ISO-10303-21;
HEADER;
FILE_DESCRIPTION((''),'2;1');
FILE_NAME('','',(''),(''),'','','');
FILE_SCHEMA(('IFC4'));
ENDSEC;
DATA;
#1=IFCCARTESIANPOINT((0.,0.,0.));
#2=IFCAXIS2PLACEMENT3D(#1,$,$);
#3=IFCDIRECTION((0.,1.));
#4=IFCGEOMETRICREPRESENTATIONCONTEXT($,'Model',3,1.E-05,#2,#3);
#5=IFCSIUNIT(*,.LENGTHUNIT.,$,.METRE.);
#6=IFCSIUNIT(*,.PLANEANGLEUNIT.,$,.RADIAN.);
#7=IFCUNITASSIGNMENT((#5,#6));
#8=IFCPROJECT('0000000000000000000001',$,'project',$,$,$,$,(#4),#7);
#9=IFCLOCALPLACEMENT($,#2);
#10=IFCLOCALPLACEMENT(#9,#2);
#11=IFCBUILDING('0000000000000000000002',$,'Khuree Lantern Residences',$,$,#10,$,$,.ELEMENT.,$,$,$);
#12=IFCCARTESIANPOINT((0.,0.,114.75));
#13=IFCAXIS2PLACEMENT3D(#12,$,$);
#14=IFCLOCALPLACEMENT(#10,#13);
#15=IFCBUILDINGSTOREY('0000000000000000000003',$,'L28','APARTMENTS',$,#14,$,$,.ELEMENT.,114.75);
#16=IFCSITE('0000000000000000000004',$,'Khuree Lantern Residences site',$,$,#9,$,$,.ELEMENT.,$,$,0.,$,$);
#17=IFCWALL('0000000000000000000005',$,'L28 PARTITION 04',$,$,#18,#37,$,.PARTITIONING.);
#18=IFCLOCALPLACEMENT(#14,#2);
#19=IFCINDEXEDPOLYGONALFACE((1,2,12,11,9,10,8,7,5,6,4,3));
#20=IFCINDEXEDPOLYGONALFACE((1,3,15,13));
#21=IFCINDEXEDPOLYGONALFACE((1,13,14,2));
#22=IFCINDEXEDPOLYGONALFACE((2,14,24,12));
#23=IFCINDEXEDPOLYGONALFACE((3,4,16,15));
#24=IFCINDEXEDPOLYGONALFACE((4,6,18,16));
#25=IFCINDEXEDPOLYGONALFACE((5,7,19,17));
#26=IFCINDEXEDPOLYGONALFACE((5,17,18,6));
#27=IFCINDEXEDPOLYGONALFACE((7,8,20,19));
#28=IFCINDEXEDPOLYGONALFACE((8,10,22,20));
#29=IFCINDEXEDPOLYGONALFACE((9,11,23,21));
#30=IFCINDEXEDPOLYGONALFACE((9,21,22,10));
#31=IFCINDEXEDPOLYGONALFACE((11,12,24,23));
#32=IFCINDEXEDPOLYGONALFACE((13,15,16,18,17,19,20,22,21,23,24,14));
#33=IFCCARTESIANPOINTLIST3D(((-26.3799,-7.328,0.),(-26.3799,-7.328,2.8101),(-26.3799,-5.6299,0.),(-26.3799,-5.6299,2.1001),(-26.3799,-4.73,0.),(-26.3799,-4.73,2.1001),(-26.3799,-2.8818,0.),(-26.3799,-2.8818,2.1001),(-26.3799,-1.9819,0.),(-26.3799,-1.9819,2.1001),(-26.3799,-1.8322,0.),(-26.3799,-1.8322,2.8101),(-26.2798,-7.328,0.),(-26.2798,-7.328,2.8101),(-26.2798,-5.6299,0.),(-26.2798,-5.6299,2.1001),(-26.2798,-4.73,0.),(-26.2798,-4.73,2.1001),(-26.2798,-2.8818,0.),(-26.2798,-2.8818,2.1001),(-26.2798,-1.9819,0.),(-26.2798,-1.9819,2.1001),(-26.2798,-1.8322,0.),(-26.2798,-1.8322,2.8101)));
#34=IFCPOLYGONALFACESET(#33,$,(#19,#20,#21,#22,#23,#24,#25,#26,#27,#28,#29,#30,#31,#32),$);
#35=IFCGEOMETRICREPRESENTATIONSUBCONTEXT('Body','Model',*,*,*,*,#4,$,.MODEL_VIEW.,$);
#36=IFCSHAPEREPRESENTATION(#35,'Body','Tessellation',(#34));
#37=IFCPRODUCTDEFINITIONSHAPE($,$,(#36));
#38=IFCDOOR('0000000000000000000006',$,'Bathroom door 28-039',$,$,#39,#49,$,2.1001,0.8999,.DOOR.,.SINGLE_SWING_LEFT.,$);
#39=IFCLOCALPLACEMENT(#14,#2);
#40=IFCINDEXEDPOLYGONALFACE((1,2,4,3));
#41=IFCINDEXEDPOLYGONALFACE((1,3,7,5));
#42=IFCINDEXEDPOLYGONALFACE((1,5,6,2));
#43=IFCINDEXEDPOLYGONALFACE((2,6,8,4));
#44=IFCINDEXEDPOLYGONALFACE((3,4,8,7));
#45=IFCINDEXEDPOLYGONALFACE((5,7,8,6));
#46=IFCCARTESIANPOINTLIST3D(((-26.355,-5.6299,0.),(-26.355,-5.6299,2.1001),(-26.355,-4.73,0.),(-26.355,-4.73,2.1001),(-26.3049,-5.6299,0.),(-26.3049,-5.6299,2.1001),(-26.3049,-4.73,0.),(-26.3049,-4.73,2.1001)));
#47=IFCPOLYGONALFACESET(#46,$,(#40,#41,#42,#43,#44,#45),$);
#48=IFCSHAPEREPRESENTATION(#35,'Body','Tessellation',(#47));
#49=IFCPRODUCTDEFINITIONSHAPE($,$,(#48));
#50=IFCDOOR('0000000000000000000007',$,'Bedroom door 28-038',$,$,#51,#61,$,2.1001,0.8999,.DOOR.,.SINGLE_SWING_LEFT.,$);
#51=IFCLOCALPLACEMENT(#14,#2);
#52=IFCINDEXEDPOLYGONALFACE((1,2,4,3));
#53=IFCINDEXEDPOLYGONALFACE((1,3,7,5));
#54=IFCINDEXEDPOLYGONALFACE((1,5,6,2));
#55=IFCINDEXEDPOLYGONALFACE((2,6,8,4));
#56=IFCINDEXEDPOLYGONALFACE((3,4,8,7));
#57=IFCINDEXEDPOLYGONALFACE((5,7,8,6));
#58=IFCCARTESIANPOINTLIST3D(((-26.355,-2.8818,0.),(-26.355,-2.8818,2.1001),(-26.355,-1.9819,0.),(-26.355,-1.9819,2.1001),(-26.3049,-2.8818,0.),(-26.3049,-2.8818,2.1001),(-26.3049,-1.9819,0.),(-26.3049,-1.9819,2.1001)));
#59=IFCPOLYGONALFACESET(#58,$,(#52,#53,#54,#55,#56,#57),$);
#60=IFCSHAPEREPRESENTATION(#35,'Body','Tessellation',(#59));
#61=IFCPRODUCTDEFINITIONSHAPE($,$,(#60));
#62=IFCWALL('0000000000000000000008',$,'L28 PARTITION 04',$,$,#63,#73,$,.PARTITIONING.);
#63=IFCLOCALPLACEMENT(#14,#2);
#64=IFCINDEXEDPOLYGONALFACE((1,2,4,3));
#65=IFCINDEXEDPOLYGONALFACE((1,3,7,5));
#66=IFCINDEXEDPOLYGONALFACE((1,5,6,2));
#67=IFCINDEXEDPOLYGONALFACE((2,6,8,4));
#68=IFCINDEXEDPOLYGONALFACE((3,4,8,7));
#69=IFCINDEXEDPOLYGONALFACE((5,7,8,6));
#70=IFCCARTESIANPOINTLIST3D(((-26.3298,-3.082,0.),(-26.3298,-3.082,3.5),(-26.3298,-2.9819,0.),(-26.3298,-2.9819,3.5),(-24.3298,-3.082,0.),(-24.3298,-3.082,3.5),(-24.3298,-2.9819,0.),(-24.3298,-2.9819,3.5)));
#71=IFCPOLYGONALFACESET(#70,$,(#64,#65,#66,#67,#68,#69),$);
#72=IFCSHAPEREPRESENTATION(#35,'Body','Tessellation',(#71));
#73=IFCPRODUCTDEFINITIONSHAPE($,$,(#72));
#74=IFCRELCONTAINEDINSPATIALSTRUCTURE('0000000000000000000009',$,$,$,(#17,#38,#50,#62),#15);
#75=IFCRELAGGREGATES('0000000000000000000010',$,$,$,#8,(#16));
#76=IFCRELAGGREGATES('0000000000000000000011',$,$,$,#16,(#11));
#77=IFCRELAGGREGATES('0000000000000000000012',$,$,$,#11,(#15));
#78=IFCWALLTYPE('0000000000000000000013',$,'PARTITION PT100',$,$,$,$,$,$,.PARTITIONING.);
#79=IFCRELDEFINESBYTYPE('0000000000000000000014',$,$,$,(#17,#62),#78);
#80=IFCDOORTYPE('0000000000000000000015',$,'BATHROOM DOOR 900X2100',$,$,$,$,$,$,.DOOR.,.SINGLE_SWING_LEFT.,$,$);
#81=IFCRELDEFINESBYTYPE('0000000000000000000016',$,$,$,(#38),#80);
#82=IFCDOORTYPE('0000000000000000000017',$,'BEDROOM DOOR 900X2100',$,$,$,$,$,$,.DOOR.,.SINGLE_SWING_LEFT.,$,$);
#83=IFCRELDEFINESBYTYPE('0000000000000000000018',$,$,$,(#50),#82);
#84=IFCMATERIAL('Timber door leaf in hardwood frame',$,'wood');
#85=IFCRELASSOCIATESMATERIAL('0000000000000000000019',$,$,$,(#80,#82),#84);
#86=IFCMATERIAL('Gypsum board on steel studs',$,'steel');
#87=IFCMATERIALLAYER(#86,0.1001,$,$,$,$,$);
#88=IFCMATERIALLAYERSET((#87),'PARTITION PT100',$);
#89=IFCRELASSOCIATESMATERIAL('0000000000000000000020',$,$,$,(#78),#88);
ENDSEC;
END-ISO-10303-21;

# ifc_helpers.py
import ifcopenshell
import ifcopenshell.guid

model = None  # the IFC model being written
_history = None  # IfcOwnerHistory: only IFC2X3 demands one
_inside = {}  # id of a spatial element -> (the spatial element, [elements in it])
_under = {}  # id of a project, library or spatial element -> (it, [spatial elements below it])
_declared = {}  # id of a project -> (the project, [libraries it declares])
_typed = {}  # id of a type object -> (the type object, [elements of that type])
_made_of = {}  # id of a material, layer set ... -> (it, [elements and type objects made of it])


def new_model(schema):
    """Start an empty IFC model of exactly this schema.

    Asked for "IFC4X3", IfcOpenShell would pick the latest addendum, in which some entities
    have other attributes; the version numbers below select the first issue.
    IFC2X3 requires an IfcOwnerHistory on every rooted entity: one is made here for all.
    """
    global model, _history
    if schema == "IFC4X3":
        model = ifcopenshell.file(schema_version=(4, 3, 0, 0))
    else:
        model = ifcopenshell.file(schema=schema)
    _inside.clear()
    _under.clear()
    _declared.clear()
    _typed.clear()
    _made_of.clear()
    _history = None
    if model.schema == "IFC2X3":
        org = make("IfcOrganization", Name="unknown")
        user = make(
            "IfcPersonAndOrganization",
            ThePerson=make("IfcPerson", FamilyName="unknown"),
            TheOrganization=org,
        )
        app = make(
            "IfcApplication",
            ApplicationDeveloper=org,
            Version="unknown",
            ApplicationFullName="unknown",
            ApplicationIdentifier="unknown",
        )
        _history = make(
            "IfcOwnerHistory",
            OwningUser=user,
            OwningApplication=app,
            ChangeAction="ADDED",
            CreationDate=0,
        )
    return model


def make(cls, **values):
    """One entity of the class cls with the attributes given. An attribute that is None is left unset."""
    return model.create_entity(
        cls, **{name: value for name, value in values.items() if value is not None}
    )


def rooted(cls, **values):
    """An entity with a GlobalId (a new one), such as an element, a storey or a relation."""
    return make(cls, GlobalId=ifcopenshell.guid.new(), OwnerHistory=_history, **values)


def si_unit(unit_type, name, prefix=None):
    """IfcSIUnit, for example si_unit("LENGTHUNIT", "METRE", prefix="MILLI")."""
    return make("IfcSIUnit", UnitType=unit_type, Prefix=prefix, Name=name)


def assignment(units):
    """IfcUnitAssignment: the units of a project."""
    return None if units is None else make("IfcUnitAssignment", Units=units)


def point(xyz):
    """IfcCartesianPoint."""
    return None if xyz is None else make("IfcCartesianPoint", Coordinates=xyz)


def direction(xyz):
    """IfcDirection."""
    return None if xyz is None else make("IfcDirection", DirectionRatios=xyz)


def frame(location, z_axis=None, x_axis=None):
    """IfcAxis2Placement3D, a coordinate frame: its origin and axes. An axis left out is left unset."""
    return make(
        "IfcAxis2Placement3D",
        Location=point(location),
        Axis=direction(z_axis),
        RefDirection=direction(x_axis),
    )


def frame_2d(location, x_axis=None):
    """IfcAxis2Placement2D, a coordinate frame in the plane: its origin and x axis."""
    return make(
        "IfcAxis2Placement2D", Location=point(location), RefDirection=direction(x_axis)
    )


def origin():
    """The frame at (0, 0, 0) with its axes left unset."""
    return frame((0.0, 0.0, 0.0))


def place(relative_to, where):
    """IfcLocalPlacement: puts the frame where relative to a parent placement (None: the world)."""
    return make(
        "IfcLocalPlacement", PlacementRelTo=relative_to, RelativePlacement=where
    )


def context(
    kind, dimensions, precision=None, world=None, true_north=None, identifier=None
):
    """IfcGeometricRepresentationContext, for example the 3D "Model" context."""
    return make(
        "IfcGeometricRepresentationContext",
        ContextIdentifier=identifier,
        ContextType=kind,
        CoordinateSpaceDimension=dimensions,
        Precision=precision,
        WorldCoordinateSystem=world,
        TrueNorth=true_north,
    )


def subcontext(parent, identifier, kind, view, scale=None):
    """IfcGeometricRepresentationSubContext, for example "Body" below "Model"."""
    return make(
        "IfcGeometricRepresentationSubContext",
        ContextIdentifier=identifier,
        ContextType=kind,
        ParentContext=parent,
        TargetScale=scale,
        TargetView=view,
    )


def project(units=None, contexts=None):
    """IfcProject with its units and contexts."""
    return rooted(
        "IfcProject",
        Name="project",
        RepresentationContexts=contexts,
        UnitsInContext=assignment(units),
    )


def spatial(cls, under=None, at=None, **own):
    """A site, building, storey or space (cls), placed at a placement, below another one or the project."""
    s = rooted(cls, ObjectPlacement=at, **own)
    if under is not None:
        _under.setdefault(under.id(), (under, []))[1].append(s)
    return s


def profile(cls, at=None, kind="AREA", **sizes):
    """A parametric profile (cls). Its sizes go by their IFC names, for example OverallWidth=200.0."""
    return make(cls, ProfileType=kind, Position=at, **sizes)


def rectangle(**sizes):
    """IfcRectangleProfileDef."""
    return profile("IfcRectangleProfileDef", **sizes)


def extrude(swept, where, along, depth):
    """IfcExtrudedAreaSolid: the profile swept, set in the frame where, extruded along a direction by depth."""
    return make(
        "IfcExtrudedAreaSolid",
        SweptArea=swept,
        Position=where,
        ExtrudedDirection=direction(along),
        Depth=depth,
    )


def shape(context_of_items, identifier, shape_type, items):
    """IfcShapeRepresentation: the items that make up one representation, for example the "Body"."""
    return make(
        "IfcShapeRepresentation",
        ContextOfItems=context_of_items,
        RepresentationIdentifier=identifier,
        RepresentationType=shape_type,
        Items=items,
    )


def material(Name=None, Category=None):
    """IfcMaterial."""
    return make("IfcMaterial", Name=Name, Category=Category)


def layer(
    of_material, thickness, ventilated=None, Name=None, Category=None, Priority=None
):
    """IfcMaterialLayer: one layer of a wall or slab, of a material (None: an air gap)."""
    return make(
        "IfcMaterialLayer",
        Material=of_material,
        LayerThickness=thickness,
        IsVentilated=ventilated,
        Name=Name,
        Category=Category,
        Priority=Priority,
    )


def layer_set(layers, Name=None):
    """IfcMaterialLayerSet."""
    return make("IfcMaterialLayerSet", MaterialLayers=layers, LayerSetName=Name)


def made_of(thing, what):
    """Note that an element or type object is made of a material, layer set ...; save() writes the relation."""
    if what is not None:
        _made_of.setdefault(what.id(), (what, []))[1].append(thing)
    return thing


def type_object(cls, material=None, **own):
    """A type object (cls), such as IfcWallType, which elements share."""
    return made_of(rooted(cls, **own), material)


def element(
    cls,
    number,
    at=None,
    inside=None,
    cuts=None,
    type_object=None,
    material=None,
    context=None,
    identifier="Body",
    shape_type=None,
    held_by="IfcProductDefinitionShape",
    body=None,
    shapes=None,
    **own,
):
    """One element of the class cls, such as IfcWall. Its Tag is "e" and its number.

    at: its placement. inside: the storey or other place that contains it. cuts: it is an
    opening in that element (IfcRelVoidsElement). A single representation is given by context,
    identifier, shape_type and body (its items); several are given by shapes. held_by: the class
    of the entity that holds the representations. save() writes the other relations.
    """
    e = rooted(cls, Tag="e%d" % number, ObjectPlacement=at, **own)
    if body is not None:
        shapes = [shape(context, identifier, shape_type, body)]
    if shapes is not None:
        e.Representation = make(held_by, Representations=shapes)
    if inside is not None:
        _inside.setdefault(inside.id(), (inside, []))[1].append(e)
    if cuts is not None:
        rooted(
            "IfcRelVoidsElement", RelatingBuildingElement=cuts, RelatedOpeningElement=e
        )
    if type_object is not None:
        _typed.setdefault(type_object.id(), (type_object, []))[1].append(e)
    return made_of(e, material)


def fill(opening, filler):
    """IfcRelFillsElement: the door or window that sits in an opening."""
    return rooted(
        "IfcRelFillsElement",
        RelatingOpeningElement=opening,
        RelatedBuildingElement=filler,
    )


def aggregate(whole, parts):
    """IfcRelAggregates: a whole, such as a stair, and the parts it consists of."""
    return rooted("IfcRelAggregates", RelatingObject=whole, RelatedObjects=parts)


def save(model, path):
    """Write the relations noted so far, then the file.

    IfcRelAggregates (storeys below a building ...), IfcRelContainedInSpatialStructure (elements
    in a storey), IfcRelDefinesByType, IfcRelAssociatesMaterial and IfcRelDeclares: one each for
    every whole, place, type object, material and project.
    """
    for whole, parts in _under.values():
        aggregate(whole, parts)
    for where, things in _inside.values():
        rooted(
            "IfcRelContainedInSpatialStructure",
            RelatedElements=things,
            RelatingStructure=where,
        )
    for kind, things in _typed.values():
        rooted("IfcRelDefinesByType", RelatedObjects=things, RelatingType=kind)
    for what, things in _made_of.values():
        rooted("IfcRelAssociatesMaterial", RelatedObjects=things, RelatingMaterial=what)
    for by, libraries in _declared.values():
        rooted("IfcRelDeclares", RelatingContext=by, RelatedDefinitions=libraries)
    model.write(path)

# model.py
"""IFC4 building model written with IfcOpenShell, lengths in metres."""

from ifc_helpers import new_model, si_unit, direction, frame, frame_2d, origin, place, context, subcontext, project, spatial, rectangle, extrude, material, layer, layer_set, type_object, element, fill, save


model = new_model("IFC4")

# Units and contexts
model_context = context("Model", 3, precision=1e-05, world=origin(), true_north=direction((0.0, 1.0)))
body_context = subcontext(model_context, "Body", "Model", "MODEL_VIEW")
ifc_project = project(units=[si_unit("LENGTHUNIT", "METRE"), si_unit("PLANEANGLEUNIT", "RADIAN")], contexts=[model_context])

# Site, building, storey
site_placement = place(None, origin())
site = spatial("IfcSite", under=ifc_project, at=site_placement, Name="Khuree Lantern Residences site", CompositionType="ELEMENT", RefElevation=0.0)
building_placement = place(site_placement, origin())
building = spatial("IfcBuilding", under=site, at=building_placement, Name="Khuree Lantern Residences", CompositionType="ELEMENT")
storey_placement = place(building_placement, frame((0.0, 0.0, 114.75)))
storey = spatial("IfcBuildingStorey", under=building, at=storey_placement, Name="L28", Description="APARTMENTS", CompositionType="ELEMENT", Elevation=114.75)

# Shared definitions
ifc_material_1 = material(Name="Timber door leaf in hardwood frame", Category="wood")
door_type_1 = type_object("IfcDoorType", Name="BATHROOM DOOR 900X2100", OperationType="SINGLE_SWING_LEFT", PredefinedType="DOOR", material=ifc_material_1)

# Shared definitions
ifc_material_2 = material(Name="Gypsum board on steel studs", Category="steel")
ifc_layer_1 = layer(ifc_material_2, 0.1001)
ifc_layer_set_1 = layer_set([ifc_layer_1], Name="PARTITION PT100")
wall_type_1 = type_object("IfcWallType", Name="PARTITION PT100", PredefinedType="PARTITIONING", material=ifc_layer_set_1)

# Wall, openings, doors
wall_1_placement = place(storey_placement, frame((-26.3298, -1.832, 0.0), z_axis=(0.0, 0.0, 1.0), x_axis=(0.0, -1.0, 0.0)))
wall_1 = element("IfcWall", 1, at=wall_1_placement, inside=storey, type_object=wall_type_1, Name="L28 PARTITION 04", PredefinedType="PARTITIONING", context=body_context, shape_type="SweptSolid", body=[
    extrude(rectangle(XDim=5.4958, YDim=0.1001, at=frame_2d((2.748, 0.0))), origin(), (0.0, 0.0, 1.0), 2.8101),
])
opening_1_placement = place(wall_1_placement, frame((0.1499, 0.0, 0.0)))
opening_1 = element("IfcOpeningElement", 2, at=opening_1_placement, cuts=wall_1, PredefinedType="OPENING", context=body_context, shape_type="SweptSolid", body=[
    extrude(rectangle(XDim=0.8999, YDim=2.1001, at=frame_2d((0.45, 1.05))), frame((0.0, 0.0601, 0.0), z_axis=(0.0, -1.0, 0.0), x_axis=(1.0, 0.0, 0.0)), (0.0, 0.0, 1.0), 0.1201),
])
opening_2_placement = place(wall_1_placement, frame((2.8979, 0.0, 0.0)))
opening_2 = element("IfcOpeningElement", 3, at=opening_2_placement, cuts=wall_1, PredefinedType="OPENING", context=body_context, shape_type="SweptSolid", body=[
    extrude(rectangle(XDim=0.8999, YDim=2.1001, at=frame_2d((0.45, 1.05))), frame((0.0, 0.0601, 0.0), z_axis=(0.0, -1.0, 0.0), x_axis=(1.0, 0.0, 0.0)), (0.0, 0.0, 1.0), 0.1201),
])
door_1_placement = place(opening_2_placement, origin())
door_1 = element("IfcDoor", 4, at=door_1_placement, inside=storey, type_object=door_type_1, Name="Bathroom door 28-039", OperationType="SINGLE_SWING_LEFT", OverallHeight=2.1001, OverallWidth=0.8999, PredefinedType="DOOR", context=body_context, shape_type="SweptSolid", body=[
    extrude(rectangle(XDim=0.8999, YDim=2.1001, at=frame_2d((0.45, 1.05))), frame((0.0, 0.0249, 0.0), z_axis=(0.0, -1.0, 0.0), x_axis=(1.0, 0.0, 0.0)), (0.0, 0.0, 1.0), 0.05),
])
fill(opening_2, door_1)
door_type_2 = type_object("IfcDoorType", Name="BEDROOM DOOR 900X2100", OperationType="SINGLE_SWING_LEFT", PredefinedType="DOOR", material=ifc_material_1)
door_2_placement = place(opening_1_placement, origin())
door_2 = element("IfcDoor", 5, at=door_2_placement, inside=storey, type_object=door_type_2, Name="Bedroom door 28-038", OperationType="SINGLE_SWING_LEFT", OverallHeight=2.1001, OverallWidth=0.8999, PredefinedType="DOOR", context=body_context, shape_type="SweptSolid", body=[
    extrude(rectangle(XDim=0.8999, YDim=2.1001, at=frame_2d((0.45, 1.05))), frame((0.0, 0.0249, 0.0), z_axis=(0.0, -1.0, 0.0), x_axis=(1.0, 0.0, 0.0)), (0.0, 0.0, 1.0), 0.05),
])
fill(opening_1, door_2)

# Wall
wall_2_placement = place(storey_placement, frame((-24.3298, -3.032, 0.0), z_axis=(0.0, 0.0, 1.0), x_axis=(-1.0, 0.0, 0.0)))
element("IfcWall", 6, at=wall_2_placement, inside=storey, type_object=wall_type_1, Name="L28 PARTITION 04", PredefinedType="PARTITIONING", context=body_context, shape_type="SweptSolid", body=[
    extrude(rectangle(XDim=2.0, YDim=0.1001, at=frame_2d((1.0, 0.0))), origin(), (0.0, 0.0, 1.0), 3.5),
])

save(model, "model.ifc")
